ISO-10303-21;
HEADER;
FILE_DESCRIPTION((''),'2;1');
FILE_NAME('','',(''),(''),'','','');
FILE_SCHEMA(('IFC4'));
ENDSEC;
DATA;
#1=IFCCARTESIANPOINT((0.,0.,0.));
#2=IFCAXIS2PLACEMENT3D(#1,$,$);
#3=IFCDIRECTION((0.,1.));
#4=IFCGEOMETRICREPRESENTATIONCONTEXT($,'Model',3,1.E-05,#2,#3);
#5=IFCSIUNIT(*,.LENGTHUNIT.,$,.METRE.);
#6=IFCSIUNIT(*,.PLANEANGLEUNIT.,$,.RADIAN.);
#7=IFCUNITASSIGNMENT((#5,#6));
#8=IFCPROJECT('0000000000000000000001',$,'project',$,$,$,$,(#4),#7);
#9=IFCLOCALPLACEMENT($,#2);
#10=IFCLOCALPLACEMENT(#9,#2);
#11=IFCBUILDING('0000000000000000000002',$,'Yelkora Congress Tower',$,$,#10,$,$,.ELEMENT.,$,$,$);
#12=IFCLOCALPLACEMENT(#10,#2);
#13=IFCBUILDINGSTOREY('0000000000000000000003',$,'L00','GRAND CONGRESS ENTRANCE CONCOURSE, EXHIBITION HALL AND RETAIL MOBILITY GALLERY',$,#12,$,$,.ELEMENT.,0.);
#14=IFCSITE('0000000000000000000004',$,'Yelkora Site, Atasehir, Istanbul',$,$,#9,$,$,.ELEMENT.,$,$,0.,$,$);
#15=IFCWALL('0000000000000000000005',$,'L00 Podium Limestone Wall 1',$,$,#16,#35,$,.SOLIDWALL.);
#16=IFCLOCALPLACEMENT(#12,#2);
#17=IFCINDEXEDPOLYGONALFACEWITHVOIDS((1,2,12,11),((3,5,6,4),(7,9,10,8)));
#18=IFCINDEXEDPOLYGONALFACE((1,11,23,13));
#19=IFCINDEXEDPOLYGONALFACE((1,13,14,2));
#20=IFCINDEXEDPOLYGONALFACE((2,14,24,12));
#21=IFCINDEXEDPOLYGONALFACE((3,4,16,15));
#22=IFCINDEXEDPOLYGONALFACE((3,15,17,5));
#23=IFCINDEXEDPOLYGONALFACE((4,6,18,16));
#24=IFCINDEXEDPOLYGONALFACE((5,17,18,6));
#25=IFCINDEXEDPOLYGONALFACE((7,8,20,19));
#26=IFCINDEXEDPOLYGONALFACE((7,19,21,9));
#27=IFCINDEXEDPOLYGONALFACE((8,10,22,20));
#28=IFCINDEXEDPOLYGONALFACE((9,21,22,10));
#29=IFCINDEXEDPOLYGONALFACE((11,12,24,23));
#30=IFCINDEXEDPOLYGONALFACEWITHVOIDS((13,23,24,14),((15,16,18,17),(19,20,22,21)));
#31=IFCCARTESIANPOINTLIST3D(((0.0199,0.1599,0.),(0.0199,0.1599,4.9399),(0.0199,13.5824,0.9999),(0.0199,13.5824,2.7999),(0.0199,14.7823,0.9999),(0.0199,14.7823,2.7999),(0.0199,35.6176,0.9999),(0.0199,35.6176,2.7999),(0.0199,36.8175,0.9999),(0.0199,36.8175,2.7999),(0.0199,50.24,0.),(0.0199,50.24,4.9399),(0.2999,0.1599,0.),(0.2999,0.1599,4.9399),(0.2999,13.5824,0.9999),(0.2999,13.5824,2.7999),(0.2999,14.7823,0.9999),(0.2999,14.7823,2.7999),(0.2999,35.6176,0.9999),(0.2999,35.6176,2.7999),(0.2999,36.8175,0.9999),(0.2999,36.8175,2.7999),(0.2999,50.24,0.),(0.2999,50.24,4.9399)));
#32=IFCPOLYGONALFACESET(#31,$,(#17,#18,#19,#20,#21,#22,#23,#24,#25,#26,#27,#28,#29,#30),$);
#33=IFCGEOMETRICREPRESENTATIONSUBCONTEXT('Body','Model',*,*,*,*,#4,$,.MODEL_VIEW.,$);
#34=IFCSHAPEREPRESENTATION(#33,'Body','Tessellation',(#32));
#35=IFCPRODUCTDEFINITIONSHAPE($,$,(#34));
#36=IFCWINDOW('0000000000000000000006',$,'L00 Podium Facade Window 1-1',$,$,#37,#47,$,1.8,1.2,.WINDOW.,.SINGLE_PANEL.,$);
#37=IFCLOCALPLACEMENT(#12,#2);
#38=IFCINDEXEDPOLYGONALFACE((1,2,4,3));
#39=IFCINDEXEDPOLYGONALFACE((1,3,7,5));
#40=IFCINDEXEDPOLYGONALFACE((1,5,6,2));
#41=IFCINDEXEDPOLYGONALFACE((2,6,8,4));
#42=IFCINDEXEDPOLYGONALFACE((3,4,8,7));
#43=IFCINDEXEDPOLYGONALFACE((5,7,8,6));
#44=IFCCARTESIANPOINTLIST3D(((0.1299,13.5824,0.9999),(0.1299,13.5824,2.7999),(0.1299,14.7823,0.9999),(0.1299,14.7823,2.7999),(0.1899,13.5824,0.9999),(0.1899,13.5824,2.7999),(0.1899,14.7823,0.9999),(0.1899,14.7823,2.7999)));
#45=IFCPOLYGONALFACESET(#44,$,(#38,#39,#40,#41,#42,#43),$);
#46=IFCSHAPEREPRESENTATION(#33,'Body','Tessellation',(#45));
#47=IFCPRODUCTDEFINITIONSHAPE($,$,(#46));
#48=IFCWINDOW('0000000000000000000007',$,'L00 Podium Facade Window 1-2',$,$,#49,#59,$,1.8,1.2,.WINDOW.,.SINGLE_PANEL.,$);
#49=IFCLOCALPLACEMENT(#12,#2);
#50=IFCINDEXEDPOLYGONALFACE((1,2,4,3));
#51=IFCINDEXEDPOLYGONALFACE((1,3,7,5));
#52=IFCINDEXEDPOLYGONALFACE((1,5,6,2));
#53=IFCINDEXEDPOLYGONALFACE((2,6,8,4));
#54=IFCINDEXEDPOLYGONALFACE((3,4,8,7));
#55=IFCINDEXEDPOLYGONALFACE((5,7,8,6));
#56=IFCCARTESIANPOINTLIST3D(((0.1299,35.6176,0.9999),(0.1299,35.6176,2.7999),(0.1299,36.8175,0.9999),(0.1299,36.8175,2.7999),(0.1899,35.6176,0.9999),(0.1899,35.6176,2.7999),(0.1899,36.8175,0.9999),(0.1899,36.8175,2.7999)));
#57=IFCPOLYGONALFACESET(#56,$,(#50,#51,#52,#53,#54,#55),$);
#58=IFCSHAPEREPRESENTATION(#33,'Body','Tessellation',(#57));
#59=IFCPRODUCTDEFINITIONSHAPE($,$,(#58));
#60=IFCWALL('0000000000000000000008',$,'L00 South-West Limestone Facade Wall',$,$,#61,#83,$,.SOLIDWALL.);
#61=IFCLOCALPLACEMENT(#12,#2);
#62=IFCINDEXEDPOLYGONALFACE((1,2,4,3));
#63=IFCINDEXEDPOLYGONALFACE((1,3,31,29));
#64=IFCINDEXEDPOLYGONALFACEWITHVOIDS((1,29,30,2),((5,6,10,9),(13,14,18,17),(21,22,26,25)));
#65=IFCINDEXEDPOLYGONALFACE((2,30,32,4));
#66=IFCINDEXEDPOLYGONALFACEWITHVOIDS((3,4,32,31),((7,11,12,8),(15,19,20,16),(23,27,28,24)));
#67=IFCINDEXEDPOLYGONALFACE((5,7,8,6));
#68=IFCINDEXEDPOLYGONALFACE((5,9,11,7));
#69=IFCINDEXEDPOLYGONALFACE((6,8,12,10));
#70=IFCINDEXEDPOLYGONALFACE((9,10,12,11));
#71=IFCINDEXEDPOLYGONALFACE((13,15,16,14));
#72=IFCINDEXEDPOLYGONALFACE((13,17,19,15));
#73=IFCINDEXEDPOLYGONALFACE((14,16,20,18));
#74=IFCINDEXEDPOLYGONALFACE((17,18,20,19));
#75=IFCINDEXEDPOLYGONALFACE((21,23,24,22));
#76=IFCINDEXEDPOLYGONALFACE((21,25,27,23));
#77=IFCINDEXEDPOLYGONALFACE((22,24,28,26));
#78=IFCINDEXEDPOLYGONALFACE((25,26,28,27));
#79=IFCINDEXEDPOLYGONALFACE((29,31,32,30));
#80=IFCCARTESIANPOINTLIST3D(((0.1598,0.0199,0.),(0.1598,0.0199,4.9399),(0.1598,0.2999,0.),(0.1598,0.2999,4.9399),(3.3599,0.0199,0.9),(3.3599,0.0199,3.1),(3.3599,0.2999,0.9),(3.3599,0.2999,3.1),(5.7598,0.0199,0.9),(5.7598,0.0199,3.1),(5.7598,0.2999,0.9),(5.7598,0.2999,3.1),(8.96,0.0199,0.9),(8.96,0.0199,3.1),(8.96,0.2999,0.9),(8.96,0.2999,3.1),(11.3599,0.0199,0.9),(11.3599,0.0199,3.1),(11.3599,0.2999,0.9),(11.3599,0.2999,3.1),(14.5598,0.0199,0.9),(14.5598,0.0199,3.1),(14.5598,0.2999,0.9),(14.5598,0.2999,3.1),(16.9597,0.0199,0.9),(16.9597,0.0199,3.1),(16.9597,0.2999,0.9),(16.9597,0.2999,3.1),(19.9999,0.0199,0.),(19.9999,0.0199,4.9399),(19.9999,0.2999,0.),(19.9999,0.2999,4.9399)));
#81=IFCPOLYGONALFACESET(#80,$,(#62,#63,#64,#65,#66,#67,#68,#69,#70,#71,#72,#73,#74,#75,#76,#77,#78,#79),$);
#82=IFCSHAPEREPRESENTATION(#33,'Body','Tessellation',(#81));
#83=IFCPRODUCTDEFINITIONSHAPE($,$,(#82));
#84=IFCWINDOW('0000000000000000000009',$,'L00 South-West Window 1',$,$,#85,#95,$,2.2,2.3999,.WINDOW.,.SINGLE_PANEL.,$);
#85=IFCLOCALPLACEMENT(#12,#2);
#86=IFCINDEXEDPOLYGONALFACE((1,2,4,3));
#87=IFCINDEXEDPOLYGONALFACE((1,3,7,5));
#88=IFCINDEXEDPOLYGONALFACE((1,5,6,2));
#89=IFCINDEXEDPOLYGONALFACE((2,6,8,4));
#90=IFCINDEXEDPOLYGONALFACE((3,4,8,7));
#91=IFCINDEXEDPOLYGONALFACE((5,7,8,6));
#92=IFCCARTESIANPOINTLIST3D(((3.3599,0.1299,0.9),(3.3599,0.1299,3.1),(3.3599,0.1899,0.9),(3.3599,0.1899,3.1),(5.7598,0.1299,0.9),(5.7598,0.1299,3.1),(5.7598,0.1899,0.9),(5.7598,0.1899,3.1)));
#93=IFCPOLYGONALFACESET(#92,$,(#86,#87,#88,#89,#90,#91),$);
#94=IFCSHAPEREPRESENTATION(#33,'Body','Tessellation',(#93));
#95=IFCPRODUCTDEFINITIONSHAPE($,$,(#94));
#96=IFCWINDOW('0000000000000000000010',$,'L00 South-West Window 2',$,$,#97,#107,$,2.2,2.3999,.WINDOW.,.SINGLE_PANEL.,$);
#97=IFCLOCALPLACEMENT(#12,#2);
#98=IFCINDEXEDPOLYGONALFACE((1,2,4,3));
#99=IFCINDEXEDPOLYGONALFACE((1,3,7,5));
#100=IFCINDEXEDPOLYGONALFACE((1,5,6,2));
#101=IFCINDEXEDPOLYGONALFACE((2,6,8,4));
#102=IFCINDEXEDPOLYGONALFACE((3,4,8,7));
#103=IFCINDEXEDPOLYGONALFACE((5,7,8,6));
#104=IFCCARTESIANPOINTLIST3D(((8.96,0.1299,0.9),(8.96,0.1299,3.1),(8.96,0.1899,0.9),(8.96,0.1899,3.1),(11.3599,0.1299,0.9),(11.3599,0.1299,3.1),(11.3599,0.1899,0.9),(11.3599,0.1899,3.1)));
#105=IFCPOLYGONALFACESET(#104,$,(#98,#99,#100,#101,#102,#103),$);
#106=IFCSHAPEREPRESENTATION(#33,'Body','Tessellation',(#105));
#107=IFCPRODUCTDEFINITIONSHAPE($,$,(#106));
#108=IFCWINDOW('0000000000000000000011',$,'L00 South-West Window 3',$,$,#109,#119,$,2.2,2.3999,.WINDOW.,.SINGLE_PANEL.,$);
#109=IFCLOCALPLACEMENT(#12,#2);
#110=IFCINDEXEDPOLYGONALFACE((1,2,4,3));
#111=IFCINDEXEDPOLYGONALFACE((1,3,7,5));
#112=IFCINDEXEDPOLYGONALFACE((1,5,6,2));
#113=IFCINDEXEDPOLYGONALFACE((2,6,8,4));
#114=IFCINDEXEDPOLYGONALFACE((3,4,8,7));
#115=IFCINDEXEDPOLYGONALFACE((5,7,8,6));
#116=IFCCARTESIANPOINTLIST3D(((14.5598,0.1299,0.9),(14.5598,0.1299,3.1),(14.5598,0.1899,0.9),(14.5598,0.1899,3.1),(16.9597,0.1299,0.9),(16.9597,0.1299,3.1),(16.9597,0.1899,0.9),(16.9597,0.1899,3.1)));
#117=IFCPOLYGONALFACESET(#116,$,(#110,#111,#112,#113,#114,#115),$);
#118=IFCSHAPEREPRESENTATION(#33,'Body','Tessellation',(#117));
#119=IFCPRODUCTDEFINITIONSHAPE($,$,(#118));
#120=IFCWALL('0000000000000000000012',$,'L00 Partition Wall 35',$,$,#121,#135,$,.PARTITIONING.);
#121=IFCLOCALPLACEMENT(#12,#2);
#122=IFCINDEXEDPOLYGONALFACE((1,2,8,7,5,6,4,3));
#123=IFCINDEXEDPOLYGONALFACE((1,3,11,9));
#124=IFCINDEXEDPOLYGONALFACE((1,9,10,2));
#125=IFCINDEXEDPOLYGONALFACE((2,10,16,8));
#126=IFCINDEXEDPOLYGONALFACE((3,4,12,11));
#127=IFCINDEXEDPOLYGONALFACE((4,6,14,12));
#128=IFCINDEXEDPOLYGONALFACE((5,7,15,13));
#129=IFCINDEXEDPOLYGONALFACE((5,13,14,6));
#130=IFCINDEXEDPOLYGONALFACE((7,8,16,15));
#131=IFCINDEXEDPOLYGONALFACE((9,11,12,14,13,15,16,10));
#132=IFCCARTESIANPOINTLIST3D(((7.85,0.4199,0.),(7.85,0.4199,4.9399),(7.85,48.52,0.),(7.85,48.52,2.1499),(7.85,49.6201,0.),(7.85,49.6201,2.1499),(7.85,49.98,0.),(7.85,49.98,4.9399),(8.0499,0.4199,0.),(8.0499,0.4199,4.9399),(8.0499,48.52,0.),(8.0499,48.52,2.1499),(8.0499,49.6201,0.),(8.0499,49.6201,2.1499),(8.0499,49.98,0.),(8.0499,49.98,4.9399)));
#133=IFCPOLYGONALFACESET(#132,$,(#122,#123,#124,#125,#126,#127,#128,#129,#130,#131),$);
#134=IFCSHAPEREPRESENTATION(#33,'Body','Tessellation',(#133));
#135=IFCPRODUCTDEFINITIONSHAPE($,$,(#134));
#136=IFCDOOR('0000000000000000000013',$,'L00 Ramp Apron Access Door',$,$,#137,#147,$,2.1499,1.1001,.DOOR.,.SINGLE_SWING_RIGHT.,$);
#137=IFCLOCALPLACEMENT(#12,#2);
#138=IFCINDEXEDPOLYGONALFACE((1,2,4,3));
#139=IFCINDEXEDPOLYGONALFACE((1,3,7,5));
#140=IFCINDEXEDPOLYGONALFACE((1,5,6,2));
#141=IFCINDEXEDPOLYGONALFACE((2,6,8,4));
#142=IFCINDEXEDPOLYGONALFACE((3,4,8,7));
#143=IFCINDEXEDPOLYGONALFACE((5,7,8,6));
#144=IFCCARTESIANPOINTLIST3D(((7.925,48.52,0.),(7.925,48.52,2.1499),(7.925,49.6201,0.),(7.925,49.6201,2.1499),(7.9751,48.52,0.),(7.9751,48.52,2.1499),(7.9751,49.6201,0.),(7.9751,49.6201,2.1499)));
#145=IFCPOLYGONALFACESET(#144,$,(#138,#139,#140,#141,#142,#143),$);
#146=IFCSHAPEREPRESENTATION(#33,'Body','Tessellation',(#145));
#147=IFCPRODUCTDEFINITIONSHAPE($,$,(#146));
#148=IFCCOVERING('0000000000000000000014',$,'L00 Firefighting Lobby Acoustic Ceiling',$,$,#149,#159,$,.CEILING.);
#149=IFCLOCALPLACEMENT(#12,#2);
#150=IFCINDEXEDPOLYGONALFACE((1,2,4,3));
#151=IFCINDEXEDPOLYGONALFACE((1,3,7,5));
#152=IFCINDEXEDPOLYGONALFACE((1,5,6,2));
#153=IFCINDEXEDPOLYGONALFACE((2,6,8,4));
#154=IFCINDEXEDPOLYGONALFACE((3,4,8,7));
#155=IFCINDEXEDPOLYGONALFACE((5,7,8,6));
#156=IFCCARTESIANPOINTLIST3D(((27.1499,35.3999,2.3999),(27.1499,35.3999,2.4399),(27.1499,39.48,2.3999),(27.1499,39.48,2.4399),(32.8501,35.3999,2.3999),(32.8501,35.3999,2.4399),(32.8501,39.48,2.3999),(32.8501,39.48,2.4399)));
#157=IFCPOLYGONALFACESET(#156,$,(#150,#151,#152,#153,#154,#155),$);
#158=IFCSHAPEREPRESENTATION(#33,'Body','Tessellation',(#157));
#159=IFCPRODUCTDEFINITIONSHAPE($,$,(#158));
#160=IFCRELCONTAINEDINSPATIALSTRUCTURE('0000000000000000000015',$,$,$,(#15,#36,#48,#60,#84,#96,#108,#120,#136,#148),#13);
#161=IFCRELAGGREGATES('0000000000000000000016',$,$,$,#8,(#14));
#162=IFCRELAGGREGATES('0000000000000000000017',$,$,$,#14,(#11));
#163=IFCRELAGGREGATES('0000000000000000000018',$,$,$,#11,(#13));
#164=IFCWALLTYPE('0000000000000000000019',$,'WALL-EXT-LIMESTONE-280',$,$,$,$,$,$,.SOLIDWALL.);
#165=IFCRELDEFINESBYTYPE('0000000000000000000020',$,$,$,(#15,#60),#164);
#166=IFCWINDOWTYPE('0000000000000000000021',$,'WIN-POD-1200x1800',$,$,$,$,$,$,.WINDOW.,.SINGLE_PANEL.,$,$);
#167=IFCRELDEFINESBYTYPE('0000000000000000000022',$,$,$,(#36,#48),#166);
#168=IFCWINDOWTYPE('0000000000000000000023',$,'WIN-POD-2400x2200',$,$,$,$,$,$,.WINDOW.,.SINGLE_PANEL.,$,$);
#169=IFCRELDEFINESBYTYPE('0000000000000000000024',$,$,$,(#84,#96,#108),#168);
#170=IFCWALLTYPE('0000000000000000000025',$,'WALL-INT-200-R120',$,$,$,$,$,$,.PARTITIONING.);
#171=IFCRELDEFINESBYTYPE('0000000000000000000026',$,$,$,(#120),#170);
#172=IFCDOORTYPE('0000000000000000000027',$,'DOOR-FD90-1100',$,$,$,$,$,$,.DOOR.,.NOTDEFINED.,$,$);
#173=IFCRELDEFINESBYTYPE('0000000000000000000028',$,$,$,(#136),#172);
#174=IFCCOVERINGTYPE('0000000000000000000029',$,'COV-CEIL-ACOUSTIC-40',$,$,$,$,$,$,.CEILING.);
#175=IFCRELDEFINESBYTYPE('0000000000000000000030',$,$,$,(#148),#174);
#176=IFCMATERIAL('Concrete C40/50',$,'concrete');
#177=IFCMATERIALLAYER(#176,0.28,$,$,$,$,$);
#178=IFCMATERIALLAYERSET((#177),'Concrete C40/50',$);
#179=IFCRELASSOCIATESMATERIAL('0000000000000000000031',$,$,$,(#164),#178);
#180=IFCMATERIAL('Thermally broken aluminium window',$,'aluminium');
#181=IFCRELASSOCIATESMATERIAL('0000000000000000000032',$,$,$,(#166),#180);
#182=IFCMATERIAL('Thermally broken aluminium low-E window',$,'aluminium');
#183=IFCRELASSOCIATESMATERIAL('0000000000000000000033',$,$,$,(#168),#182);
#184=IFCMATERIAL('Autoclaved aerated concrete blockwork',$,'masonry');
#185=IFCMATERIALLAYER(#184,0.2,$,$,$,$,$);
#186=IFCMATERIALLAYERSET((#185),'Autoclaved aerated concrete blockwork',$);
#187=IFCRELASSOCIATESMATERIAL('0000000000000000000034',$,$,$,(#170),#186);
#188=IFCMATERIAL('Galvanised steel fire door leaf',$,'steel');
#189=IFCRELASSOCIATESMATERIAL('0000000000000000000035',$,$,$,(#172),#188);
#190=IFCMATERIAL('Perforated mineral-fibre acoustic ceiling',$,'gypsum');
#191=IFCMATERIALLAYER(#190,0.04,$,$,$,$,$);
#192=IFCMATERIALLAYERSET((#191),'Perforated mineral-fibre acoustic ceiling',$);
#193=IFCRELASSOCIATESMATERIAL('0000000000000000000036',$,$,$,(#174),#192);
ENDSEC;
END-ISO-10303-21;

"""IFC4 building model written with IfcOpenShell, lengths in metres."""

from ifc_helpers import new_model, si_unit, direction, frame, frame_2d, origin, place, context, subcontext, project, spatial, polyline, rectangle, outline, extrude, material, layer, layer_set, type_object, element, fill, save


model = new_model("IFC4")

# Units and contexts
model_context = context("Model", 3, precision=1e-05, world=origin(), true_north=direction((0.0, 1.0)))
body_context = subcontext(model_context, "Body", "Model", "MODEL_VIEW")
ifc_project = project(units=[si_unit("LENGTHUNIT", "METRE"), si_unit("PLANEANGLEUNIT", "RADIAN")], contexts=[model_context])

# Site, building, storey
site_placement = place(None, origin())
site = spatial("IfcSite", under=ifc_project, at=site_placement, Name="Yelkora Site, Atasehir, Istanbul", CompositionType="ELEMENT", RefElevation=0.0)
building_placement = place(site_placement, origin())
building = spatial("IfcBuilding", under=site, at=building_placement, Name="Yelkora Congress Tower", CompositionType="ELEMENT")
storey_placement = place(building_placement, origin())
storey = spatial("IfcBuildingStorey", under=building, at=storey_placement, Name="L00", Description="GRAND CONGRESS ENTRANCE CONCOURSE, EXHIBITION HALL AND RETAIL MOBILITY GALLERY", CompositionType="ELEMENT", Elevation=0.0)

# Shared definitions
ifc_material_1 = material(Name="Concrete C40/50", Category="concrete")

# Walls, openings, windows
ifc_layer_1 = layer(ifc_material_1, 0.28)
ifc_layer_set_1 = layer_set([ifc_layer_1], Name="Concrete C40/50")
wall_type_1 = type_object("IfcWallType", Name="WALL-EXT-LIMESTONE-280", PredefinedType="SOLIDWALL", material=ifc_layer_set_1)
wall_1_placement = place(storey_placement, frame((0.1599, 0.1599, 0.0), z_axis=(0.0, 0.0, 1.0), x_axis=(0.0, 1.0, 0.0)))
wall_1 = element("IfcWall", 1, at=wall_1_placement, inside=storey, type_object=wall_type_1, Name="L00 Podium Limestone Wall 1", PredefinedType="SOLIDWALL", context=body_context, shape_type="SweptSolid", body=[
    extrude(rectangle(XDim=50.0801, YDim=0.28, at=frame_2d((25.04, 0.0))), origin(), (0.0, 0.0, 1.0), 4.9399),
])
opening_1_placement = place(wall_1_placement, frame((13.4224, 0.0, 1.0)))
opening_1 = element("IfcOpeningElement", 2, at=opening_1_placement, cuts=wall_1, PredefinedType="OPENING", context=body_context, shape_type="SweptSolid", body=[
    extrude(rectangle(XDim=1.2, YDim=1.8, at=frame_2d((0.6001, 0.8999))), frame((0.0, 0.1499, 0.0), z_axis=(0.0, -1.0, 0.0), x_axis=(1.0, 0.0, 0.0)), (0.0, 0.0, 1.0), 0.3),
])
opening_2_placement = place(wall_1_placement, frame((35.4575, 0.0, 1.0)))
opening_2 = element("IfcOpeningElement", 3, at=opening_2_placement, cuts=wall_1, PredefinedType="OPENING", context=body_context, shape_type="SweptSolid", body=[
    extrude(rectangle(XDim=1.2, YDim=1.8, at=frame_2d((0.6001, 0.8999))), frame((0.0, 0.1499, 0.0), z_axis=(0.0, -1.0, 0.0), x_axis=(1.0, 0.0, 0.0)), (0.0, 0.0, 1.0), 0.3),
])
ifc_material_2 = material(Name="Thermally broken aluminium window", Category="aluminium")
window_type_1 = type_object("IfcWindowType", Name="WIN-POD-1200x1800", PartitioningType="SINGLE_PANEL", PredefinedType="WINDOW", material=ifc_material_2)
window_1_placement = place(opening_1_placement, origin())
window_1 = element("IfcWindow", 4, at=window_1_placement, inside=storey, type_object=window_type_1, Name="L00 Podium Facade Window 1-1", OverallHeight=1.8, OverallWidth=1.2, PartitioningType="SINGLE_PANEL", PredefinedType="WINDOW", context=body_context, shape_type="SweptSolid", body=[
    extrude(rectangle(XDim=1.2, YDim=1.8, at=frame_2d((0.6001, 0.8999))), frame((0.0, 0.03, 0.0), z_axis=(0.0, -1.0, 0.0), x_axis=(1.0, 0.0, 0.0)), (0.0, 0.0, 1.0), 0.0601),
])
fill(opening_1, window_1)
window_2_placement = place(opening_2_placement, origin())
window_2 = element("IfcWindow", 5, at=window_2_placement, inside=storey, type_object=window_type_1, Name="L00 Podium Facade Window 1-2", OverallHeight=1.8, OverallWidth=1.2, PartitioningType="SINGLE_PANEL", PredefinedType="WINDOW", context=body_context, shape_type="SweptSolid", body=[
    extrude(rectangle(XDim=1.2, YDim=1.8, at=frame_2d((0.6001, 0.8999))), frame((0.0, 0.03, 0.0), z_axis=(0.0, -1.0, 0.0), x_axis=(1.0, 0.0, 0.0)), (0.0, 0.0, 1.0), 0.0601),
])
fill(opening_2, window_2)
wall_2_placement = place(storey_placement, frame((0.1599, 0.1599, 0.0), z_axis=(0.0, 0.0, 1.0), x_axis=(1.0, 0.0, 0.0)))
wall_2 = element("IfcWall", 6, at=wall_2_placement, inside=storey, type_object=wall_type_1, Name="L00 South-West Limestone Facade Wall", PredefinedType="SOLIDWALL", context=body_context, shape_type="SweptSolid", body=[
    extrude(rectangle(XDim=19.8401, YDim=0.28, at=frame_2d((9.9199, 0.0))), origin(), (0.0, 0.0, 1.0), 4.9399),
])
opening_3_placement = place(wall_2_placement, frame((3.2, 0.0, 0.8999)))
opening_3 = element("IfcOpeningElement", 7, at=opening_3_placement, cuts=wall_2, PredefinedType="OPENING", context=body_context, shape_type="SweptSolid", body=[
    extrude(rectangle(XDim=2.3999, YDim=2.2, at=frame_2d((1.2, 1.1001))), frame((0.0, 0.1499, 0.0), z_axis=(0.0, -1.0, 0.0), x_axis=(1.0, 0.0, 0.0)), (0.0, 0.0, 1.0), 0.3),
])
opening_4_placement = place(wall_2_placement, frame((8.8, 0.0, 0.8999)))
opening_4 = element("IfcOpeningElement", 8, at=opening_4_placement, cuts=wall_2, PredefinedType="OPENING", context=body_context, shape_type="SweptSolid", body=[
    extrude(rectangle(XDim=2.3999, YDim=2.2, at=frame_2d((1.2, 1.1001))), frame((0.0, 0.1499, 0.0), z_axis=(0.0, -1.0, 0.0), x_axis=(1.0, 0.0, 0.0)), (0.0, 0.0, 1.0), 0.3),
])
opening_5_placement = place(wall_2_placement, frame((14.3999, 0.0, 0.8999)))
opening_5 = element("IfcOpeningElement", 9, at=opening_5_placement, cuts=wall_2, PredefinedType="OPENING", context=body_context, shape_type="SweptSolid", body=[
    extrude(rectangle(XDim=2.3999, YDim=2.2, at=frame_2d((1.2, 1.1001))), frame((0.0, 0.1499, 0.0), z_axis=(0.0, -1.0, 0.0), x_axis=(1.0, 0.0, 0.0)), (0.0, 0.0, 1.0), 0.3),
])
ifc_material_3 = material(Name="Thermally broken aluminium low-E window", Category="aluminium")
window_type_2 = type_object("IfcWindowType", Name="WIN-POD-2400x2200", PartitioningType="SINGLE_PANEL", PredefinedType="WINDOW", material=ifc_material_3)
window_3_placement = place(opening_3_placement, origin())
window_3 = element("IfcWindow", 10, at=window_3_placement, inside=storey, type_object=window_type_2, Name="L00 South-West Window 1", OverallHeight=2.2, OverallWidth=2.3999, PartitioningType="SINGLE_PANEL", PredefinedType="WINDOW", context=body_context, shape_type="SweptSolid", body=[
    extrude(rectangle(XDim=2.3999, YDim=2.2, at=frame_2d((1.2, 1.1001))), frame((0.0, 0.03, 0.0), z_axis=(0.0, -1.0, 0.0), x_axis=(1.0, 0.0, 0.0)), (0.0, 0.0, 1.0), 0.0601),
])
fill(opening_3, window_3)
window_4_placement = place(opening_4_placement, origin())
window_4 = element("IfcWindow", 11, at=window_4_placement, inside=storey, type_object=window_type_2, Name="L00 South-West Window 2", OverallHeight=2.2, OverallWidth=2.3999, PartitioningType="SINGLE_PANEL", PredefinedType="WINDOW", context=body_context, shape_type="SweptSolid", body=[
    extrude(rectangle(XDim=2.3999, YDim=2.2, at=frame_2d((1.2, 1.1001))), frame((0.0, 0.03, 0.0), z_axis=(0.0, -1.0, 0.0), x_axis=(1.0, 0.0, 0.0)), (0.0, 0.0, 1.0), 0.0601),
])
fill(opening_4, window_4)
window_5_placement = place(opening_5_placement, origin())
window_5 = element("IfcWindow", 12, at=window_5_placement, inside=storey, type_object=window_type_2, Name="L00 South-West Window 3", OverallHeight=2.2, OverallWidth=2.3999, PartitioningType="SINGLE_PANEL", PredefinedType="WINDOW", context=body_context, shape_type="SweptSolid", body=[
    extrude(rectangle(XDim=2.3999, YDim=2.2, at=frame_2d((1.2, 1.1001))), frame((0.0, 0.03, 0.0), z_axis=(0.0, -1.0, 0.0), x_axis=(1.0, 0.0, 0.0)), (0.0, 0.0, 1.0), 0.0601),
])
fill(opening_5, window_5)

# Wall, opening, door
ifc_material_4 = material(Name="Autoclaved aerated concrete blockwork", Category="masonry")
ifc_layer_2 = layer(ifc_material_4, 0.2)
ifc_layer_set_2 = layer_set([ifc_layer_2], Name="Autoclaved aerated concrete blockwork")
wall_type_2 = type_object("IfcWallType", Name="WALL-INT-200-R120", PredefinedType="PARTITIONING", material=ifc_layer_set_2)
wall_3_placement = place(storey_placement, frame((7.95, 0.4199, 0.0), z_axis=(0.0, 0.0, 1.0), x_axis=(0.0, 1.0, 0.0)))
wall_3 = element("IfcWall", 13, at=wall_3_placement, inside=storey, type_object=wall_type_2, Name="L00 Partition Wall 35", PredefinedType="PARTITIONING", context=body_context, shape_type="SweptSolid", body=[
    extrude(rectangle(XDim=49.5601, YDim=0.2, at=frame_2d((24.78, 0.0))), origin(), (0.0, 0.0, 1.0), 4.9399),
])
opening_6_placement = place(wall_3_placement, frame((48.1001, 0.0, 0.0)))
opening_6 = element("IfcOpeningElement", 14, at=opening_6_placement, cuts=wall_3, PredefinedType="OPENING", context=body_context, shape_type="SweptSolid", body=[
    extrude(rectangle(XDim=1.1001, YDim=2.1499, at=frame_2d((0.55, 1.075))), frame((0.0, 0.1099, 0.0), z_axis=(0.0, -1.0, 0.0), x_axis=(1.0, 0.0, 0.0)), (0.0, 0.0, 1.0), 0.22),
])
ifc_material_5 = material(Name="Galvanised steel fire door leaf", Category="steel")
door_type = type_object("IfcDoorType", Name="DOOR-FD90-1100", OperationType="NOTDEFINED", PredefinedType="DOOR", material=ifc_material_5)
door_placement = place(opening_6_placement, origin())
door = element("IfcDoor", 15, at=door_placement, inside=storey, type_object=door_type, Name="L00 Ramp Apron Access Door", OperationType="SINGLE_SWING_RIGHT", OverallHeight=2.1499, OverallWidth=1.1001, PredefinedType="DOOR", context=body_context, shape_type="SweptSolid", body=[
    extrude(rectangle(XDim=1.1001, YDim=2.1499, at=frame_2d((0.55, 1.075))), frame((0.0, 0.0249, 0.0), z_axis=(0.0, -1.0, 0.0), x_axis=(1.0, 0.0, 0.0)), (0.0, 0.0, 1.0), 0.05),
])
fill(opening_6, door)

# Covering
ifc_material_6 = material(Name="Perforated mineral-fibre acoustic ceiling", Category="gypsum")
ifc_layer_3 = layer(ifc_material_6, 0.04)
ifc_layer_set_3 = layer_set([ifc_layer_3], Name="Perforated mineral-fibre acoustic ceiling")
covering_type_1 = type_object("IfcCoveringType", Name="COV-CEIL-ACOUSTIC-40", PredefinedType="CEILING", material=ifc_layer_set_3)
covering_1_placement = place(storey_placement, frame((0.0, 0.0, 2.3999)))
element("IfcCovering", 16, at=covering_1_placement, inside=storey, type_object=covering_type_1, Name="L00 Firefighting Lobby Acoustic Ceiling", PredefinedType="CEILING", context=body_context, shape_type="SweptSolid", body=[
    extrude(outline(polyline([(27.1499, 35.3999), (32.8501, 35.3999), (32.8501, 39.48), (27.1499, 39.48), (27.1499, 35.3999)])), origin(), (0.0, 0.0, 1.0), 0.04),
])

save(model, "model.ifc")
